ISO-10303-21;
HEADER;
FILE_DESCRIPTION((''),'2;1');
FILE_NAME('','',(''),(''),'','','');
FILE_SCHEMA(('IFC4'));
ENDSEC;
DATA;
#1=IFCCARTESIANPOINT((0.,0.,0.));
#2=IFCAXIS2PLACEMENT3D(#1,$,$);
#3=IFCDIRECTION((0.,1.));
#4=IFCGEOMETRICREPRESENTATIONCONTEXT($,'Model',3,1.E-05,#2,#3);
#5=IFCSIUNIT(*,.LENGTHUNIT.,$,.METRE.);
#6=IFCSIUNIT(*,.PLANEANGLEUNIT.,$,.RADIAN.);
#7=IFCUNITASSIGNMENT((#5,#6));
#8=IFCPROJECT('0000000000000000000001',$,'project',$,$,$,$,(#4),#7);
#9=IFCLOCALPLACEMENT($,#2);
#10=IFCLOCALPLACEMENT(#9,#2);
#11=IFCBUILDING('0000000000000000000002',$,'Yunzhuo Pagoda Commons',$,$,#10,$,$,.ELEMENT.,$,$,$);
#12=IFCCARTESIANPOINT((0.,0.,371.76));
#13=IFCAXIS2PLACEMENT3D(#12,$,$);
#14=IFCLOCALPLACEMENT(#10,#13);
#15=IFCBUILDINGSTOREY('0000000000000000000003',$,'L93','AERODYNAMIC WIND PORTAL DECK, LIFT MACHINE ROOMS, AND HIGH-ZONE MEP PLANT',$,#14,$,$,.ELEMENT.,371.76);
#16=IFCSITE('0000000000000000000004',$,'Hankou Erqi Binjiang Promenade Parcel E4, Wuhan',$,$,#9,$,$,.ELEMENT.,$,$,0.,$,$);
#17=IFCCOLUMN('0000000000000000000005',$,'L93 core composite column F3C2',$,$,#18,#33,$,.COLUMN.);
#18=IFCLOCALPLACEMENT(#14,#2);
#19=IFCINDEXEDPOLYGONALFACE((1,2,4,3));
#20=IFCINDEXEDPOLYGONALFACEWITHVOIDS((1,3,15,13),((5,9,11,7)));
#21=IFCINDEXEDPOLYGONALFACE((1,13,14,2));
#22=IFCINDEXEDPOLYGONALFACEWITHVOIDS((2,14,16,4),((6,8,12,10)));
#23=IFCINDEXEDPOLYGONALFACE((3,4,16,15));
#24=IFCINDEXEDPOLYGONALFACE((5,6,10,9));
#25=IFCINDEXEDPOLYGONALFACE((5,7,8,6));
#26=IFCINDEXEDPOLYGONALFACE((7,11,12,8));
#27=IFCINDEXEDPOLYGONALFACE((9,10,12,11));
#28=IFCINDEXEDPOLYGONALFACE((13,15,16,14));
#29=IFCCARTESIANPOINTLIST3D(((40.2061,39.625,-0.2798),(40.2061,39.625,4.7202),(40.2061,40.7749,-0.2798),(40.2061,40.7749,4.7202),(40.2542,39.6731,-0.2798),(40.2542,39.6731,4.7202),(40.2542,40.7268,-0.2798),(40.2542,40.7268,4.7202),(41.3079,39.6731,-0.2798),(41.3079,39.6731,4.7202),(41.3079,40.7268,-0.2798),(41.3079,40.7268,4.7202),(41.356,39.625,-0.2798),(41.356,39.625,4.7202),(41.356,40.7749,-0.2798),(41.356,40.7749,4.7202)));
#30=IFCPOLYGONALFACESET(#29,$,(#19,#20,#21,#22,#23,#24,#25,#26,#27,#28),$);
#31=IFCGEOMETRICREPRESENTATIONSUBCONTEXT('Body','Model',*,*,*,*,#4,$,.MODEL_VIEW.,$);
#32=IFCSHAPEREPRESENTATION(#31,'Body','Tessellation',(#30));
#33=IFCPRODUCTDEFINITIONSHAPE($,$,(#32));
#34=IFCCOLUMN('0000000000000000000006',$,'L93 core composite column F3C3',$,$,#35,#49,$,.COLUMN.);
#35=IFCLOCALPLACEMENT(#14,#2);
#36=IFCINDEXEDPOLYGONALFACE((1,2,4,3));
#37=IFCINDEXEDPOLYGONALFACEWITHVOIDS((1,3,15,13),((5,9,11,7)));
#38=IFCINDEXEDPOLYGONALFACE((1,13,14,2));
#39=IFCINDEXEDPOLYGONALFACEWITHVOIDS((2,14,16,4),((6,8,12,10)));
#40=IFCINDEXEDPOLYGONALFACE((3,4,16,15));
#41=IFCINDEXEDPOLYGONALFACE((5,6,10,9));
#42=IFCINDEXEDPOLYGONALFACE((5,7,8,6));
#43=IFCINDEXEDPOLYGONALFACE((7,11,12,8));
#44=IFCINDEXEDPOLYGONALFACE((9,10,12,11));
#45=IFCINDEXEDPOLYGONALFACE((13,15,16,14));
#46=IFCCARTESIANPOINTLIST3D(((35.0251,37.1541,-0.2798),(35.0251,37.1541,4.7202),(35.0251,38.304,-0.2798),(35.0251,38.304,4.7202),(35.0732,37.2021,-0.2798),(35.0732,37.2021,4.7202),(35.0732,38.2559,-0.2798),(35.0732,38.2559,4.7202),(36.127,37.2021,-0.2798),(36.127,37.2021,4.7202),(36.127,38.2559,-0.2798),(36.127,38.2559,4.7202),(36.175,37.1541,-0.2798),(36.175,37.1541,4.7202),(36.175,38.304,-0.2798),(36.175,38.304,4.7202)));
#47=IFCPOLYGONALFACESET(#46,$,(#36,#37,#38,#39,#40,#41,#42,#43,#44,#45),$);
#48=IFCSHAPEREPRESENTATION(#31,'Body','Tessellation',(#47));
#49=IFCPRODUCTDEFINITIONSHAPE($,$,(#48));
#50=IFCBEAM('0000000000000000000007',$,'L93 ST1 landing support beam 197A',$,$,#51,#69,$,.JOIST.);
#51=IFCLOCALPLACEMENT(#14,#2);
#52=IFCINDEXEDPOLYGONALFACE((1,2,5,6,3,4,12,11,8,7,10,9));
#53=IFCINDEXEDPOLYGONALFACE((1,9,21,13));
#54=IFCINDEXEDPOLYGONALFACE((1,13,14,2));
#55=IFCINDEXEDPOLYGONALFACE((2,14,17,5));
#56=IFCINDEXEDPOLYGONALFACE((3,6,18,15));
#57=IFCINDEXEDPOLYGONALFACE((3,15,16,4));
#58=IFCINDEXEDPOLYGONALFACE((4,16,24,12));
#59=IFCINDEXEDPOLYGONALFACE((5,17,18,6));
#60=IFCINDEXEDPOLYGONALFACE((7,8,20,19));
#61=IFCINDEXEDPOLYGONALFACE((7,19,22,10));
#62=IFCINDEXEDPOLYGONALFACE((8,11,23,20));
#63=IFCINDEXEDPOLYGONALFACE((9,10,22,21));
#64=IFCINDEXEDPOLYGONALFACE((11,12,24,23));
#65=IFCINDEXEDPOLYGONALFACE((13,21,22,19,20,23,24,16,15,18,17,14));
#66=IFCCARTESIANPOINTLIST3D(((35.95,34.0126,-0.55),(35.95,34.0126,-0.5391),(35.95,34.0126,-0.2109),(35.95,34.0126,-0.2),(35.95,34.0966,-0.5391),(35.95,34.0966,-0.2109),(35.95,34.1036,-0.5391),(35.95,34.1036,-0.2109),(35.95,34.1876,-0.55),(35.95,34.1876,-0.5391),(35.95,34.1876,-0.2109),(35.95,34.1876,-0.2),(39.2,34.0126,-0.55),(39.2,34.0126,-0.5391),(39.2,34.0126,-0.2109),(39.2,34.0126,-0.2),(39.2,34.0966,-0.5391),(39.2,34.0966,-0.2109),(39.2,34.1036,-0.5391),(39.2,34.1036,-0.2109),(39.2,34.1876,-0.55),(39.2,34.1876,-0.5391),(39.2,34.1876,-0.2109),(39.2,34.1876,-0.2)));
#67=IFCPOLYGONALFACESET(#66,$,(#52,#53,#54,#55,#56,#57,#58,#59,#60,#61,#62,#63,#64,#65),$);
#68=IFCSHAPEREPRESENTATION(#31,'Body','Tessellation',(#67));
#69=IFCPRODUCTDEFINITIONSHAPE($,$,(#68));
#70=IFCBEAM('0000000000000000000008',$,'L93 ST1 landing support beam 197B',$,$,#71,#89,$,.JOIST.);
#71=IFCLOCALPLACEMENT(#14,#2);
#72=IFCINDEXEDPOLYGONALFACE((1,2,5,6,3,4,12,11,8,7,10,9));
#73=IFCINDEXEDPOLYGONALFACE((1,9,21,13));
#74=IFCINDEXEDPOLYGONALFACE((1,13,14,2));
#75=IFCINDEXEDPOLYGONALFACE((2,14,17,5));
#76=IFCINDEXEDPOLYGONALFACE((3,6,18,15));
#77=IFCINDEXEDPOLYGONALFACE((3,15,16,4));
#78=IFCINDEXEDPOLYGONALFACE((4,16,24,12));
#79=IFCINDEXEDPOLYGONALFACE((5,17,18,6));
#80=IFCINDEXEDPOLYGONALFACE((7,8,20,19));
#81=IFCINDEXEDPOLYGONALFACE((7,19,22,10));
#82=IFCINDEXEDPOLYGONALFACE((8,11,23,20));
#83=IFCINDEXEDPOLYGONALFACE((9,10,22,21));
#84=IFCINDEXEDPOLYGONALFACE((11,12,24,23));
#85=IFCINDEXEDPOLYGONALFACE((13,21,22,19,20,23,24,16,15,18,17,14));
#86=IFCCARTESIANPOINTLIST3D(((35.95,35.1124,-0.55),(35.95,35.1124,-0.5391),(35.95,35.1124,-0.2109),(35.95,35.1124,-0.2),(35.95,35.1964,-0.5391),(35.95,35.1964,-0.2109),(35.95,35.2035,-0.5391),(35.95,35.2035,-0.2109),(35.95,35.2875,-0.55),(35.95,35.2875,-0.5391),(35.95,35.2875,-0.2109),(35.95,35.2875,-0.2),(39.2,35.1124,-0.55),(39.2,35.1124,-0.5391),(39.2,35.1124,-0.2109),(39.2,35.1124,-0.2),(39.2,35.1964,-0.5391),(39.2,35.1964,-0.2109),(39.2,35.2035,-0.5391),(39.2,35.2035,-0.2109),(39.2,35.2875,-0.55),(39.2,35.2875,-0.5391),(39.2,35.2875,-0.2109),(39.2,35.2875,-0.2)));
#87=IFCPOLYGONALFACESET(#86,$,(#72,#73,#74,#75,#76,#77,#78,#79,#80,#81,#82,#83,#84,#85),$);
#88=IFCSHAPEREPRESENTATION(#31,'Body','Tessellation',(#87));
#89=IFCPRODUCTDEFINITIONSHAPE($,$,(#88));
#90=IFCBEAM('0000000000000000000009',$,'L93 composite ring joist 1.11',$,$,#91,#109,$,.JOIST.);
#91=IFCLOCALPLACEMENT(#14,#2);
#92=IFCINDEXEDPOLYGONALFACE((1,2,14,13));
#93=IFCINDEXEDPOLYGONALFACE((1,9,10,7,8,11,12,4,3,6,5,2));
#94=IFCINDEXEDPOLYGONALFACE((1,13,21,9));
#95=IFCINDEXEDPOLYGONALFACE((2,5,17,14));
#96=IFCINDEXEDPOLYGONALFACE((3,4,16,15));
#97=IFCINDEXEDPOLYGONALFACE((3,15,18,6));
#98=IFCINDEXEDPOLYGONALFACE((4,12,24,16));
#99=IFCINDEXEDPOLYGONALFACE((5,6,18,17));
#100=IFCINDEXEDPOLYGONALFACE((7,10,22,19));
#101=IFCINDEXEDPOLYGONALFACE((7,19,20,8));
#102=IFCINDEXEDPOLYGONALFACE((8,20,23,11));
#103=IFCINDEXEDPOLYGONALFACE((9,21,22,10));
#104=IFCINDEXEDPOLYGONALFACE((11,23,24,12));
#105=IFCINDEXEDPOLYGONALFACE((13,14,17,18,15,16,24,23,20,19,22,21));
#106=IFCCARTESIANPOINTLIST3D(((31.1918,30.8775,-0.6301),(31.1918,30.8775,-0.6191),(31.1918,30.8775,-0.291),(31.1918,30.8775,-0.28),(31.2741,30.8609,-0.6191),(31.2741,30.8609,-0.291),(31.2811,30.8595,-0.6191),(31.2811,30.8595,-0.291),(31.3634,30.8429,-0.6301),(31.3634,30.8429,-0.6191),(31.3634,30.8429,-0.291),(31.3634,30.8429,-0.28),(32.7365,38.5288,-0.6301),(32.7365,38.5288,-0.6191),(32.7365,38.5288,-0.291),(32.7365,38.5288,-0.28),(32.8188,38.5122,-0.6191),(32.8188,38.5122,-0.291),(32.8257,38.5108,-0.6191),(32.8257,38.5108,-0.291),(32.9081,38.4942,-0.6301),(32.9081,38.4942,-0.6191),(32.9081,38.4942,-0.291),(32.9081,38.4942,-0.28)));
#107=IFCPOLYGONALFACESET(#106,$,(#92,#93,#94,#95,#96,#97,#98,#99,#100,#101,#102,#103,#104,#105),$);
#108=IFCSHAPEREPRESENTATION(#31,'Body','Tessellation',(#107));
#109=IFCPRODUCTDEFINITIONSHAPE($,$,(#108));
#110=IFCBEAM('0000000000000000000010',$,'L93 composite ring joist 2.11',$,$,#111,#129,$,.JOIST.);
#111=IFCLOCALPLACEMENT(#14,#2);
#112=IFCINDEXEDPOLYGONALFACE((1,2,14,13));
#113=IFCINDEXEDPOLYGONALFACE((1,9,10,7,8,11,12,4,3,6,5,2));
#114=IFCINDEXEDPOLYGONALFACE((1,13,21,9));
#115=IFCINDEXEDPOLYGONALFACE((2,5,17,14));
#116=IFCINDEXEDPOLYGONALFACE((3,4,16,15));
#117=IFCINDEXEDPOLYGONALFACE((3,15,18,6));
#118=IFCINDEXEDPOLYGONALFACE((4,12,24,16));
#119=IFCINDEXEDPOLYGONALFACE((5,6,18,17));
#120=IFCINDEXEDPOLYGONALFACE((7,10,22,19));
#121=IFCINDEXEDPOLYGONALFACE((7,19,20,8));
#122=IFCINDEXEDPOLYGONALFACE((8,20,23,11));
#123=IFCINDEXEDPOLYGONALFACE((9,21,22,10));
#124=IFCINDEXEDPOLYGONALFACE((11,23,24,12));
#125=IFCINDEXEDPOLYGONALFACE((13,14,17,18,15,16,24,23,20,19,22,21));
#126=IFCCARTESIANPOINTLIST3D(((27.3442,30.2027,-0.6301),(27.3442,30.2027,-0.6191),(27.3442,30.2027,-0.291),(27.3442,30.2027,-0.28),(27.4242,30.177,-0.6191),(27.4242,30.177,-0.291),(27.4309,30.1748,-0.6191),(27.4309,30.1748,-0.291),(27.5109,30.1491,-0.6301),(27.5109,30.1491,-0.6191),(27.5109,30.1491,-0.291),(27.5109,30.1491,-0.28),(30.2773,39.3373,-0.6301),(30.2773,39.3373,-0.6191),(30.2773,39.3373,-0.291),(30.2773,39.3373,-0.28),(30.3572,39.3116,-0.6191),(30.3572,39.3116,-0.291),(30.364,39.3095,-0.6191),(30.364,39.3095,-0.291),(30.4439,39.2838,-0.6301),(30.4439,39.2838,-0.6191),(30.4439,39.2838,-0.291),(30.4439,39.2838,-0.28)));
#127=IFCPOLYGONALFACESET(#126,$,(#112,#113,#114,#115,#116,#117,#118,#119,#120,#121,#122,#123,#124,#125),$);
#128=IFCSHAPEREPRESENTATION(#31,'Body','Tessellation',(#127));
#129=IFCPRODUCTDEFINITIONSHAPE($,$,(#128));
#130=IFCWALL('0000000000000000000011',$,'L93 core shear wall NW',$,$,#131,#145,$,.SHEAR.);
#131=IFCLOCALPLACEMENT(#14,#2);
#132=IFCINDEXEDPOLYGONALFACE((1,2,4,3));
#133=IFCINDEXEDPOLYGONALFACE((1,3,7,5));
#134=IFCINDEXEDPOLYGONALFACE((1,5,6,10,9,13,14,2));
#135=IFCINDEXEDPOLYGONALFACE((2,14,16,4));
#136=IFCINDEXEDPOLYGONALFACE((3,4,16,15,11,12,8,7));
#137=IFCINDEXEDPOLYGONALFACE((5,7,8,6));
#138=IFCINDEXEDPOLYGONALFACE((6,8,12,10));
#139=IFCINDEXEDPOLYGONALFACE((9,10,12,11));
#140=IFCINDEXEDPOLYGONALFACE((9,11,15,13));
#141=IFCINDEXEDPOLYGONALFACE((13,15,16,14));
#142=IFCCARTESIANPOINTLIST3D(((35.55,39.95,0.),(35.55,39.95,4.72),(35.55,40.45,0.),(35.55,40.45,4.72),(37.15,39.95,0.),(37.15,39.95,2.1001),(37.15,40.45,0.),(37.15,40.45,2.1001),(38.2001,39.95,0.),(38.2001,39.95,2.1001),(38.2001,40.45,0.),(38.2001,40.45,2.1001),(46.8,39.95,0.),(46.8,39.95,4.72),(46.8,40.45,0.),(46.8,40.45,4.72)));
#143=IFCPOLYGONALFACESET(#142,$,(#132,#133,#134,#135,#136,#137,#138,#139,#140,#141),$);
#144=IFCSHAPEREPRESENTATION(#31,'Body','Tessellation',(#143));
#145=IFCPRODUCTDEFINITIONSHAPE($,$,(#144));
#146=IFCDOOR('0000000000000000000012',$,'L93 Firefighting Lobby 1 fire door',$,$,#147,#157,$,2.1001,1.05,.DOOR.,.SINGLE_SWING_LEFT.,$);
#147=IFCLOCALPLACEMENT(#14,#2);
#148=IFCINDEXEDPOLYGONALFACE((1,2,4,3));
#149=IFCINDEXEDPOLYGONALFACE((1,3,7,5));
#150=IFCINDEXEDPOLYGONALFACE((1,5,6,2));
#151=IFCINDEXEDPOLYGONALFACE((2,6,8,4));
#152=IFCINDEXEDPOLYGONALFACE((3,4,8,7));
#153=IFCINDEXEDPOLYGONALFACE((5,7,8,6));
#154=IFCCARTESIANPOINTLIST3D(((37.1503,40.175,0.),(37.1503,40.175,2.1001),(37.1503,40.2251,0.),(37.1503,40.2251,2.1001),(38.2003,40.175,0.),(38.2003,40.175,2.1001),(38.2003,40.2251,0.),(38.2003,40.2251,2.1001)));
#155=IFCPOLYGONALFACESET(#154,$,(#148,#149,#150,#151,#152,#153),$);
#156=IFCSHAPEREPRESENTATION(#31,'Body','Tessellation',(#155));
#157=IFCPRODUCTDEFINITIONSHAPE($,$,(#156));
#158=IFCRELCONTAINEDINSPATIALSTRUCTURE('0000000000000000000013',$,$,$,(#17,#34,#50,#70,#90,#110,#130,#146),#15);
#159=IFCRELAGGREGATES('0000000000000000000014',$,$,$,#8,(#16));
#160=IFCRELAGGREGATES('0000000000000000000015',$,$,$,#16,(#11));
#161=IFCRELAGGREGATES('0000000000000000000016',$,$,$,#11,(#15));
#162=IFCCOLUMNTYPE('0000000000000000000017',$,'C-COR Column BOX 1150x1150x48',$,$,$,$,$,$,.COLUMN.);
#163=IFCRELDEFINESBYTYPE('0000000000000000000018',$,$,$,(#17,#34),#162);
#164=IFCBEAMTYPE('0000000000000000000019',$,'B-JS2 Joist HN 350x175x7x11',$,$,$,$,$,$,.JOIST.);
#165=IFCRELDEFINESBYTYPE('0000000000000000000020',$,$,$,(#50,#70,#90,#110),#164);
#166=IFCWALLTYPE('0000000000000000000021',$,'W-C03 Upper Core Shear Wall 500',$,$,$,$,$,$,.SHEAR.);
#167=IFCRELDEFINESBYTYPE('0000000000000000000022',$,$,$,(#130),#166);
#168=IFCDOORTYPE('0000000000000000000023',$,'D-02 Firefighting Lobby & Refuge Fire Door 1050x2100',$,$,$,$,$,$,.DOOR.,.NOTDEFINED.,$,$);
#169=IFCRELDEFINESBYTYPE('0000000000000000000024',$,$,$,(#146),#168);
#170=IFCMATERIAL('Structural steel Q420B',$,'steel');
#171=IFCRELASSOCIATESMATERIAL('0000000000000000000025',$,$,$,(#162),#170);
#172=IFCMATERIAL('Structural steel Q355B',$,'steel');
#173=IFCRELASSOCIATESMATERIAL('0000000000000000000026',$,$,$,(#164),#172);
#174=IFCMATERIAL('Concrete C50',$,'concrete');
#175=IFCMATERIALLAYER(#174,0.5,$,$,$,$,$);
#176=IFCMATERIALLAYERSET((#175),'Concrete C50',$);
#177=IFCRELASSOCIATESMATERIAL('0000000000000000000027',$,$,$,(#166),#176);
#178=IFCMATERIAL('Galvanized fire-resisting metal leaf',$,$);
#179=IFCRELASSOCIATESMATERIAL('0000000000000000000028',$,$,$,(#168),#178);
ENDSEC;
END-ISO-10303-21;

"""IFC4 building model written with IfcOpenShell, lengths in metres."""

from ifc_helpers import new_model, si_unit, direction, frame, frame_2d, origin, origin_2d, place, context, subcontext, project, spatial, rectangle, hollow_rectangle, i_section, extrude, source, transform, mapped, material, layer, layer_set, material_profile, profile_set, type_object, element, fill, save


model = new_model("IFC4")

# Units and contexts
model_context = context("Model", 3, precision=1e-05, world=origin(), true_north=direction((0.0, 1.0)))
body_context = subcontext(model_context, "Body", "Model", "MODEL_VIEW")
ifc_project = project(units=[si_unit("LENGTHUNIT", "METRE"), si_unit("PLANEANGLEUNIT", "RADIAN")], contexts=[model_context])

# Site, building, storey
site_placement = place(None, origin())
site = spatial("IfcSite", under=ifc_project, at=site_placement, Name="Hankou Erqi Binjiang Promenade Parcel E4, Wuhan", CompositionType="ELEMENT", RefElevation=0.0)
building_placement = place(site_placement, origin())
building = spatial("IfcBuilding", under=site, at=building_placement, Name="Yunzhuo Pagoda Commons", CompositionType="ELEMENT")
storey_placement = place(building_placement, frame((0.0, 0.0, 371.76)))
storey = spatial("IfcBuildingStorey", under=building, at=storey_placement, Name="L93", Description="AERODYNAMIC WIND PORTAL DECK, LIFT MACHINE ROOMS, AND HIGH-ZONE MEP PLANT", CompositionType="ELEMENT", Elevation=371.76)

# Columns
ifc_material_1 = material(Name="Structural steel Q420B", Category="steel")
ifc_material_profile_1 = material_profile(ifc_material_1, hollow_rectangle(XDim=1.1499, YDim=1.1499, WallThickness=0.0481, at=origin_2d()), Name="Structural steel Q420B")
ifc_profile_set_1 = profile_set([ifc_material_profile_1], Name="Structural steel Q420B")
column_type = type_object("IfcColumnType", Name="C-COR Column BOX 1150x1150x48", PredefinedType="COLUMN", material=ifc_profile_set_1)
shared_shape_1 = source(origin(), body_context, "Body", "SweptSolid", [
    extrude(hollow_rectangle(XDim=1.1499, YDim=1.1499, WallThickness=0.0481, at=origin_2d()), origin(), (0.0, 0.0, 1.0), 5.0),
])
for number, where, z_axis, x_axis, name in (
    (1, (40.781, 40.2, -0.2798), (0.0, 0.0, 1.0), (1.0, 0.0, 0.0), "L93 core composite column F3C2"),
    (2, (35.6001, 37.729, -0.2798), (0.0, 0.0, 1.0), (1.0, 0.0, 0.0), "L93 core composite column F3C3"),
):
    element("IfcColumn", number, at=place(storey_placement, frame(where, z_axis=z_axis, x_axis=x_axis)), inside=storey, type_object=column_type, Name=name, PredefinedType="COLUMN", context=body_context, shape_type="MappedRepresentation", body=[
        mapped(shared_shape_1, transform((0.0, 0.0, 0.0), scale=1.0)),
    ])

# Beams
ifc_material_2 = material(Name="Structural steel Q355B", Category="steel")
ifc_material_profile_2 = material_profile(ifc_material_2, i_section(OverallWidth=0.175, OverallDepth=0.3501, WebThickness=0.0071, FlangeThickness=0.011, at=origin_2d()), Name="Structural steel Q355B")
ifc_profile_set_2 = profile_set([ifc_material_profile_2], Name="Structural steel Q355B")
beam_type = type_object("IfcBeamType", Name="B-JS2 Joist HN 350x175x7x11", PredefinedType="JOIST", material=ifc_profile_set_2)
shared_shape_2 = source(origin(), body_context, "Body", "SweptSolid", [
    extrude(i_section(OverallWidth=0.175, OverallDepth=0.3501, WebThickness=0.0071, FlangeThickness=0.011, at=origin_2d()), origin(), (0.0, 0.0, 1.0), 3.25),
])
for number, where, z_axis, x_axis, name in (
    (3, (35.95, 34.1001, -0.375), (1.0, 0.0, 0.0), (0.0, 1.0, 0.0), "L93 ST1 landing support beam 197A"),
    (4, (35.95, 35.2, -0.375), (1.0, 0.0, 0.0), (0.0, 1.0, 0.0), "L93 ST1 landing support beam 197B"),
):
    element("IfcBeam", number, at=place(storey_placement, frame(where, z_axis=z_axis, x_axis=x_axis)), inside=storey, type_object=beam_type, Name=name, PredefinedType="JOIST", context=body_context, shape_type="MappedRepresentation", body=[
        mapped(shared_shape_2, transform((0.0, 0.0, 0.0), scale=1.0)),
    ])
shared_shape_3 = source(origin(), body_context, "Body", "SweptSolid", [
    extrude(i_section(OverallWidth=0.175, OverallDepth=0.3501, WebThickness=0.0071, FlangeThickness=0.011, at=origin_2d()), origin(), (0.0, 0.0, 1.0), 7.8057),
])
beam_1_placement = place(storey_placement, frame((32.8223, 38.5115, -0.4551), z_axis=(-0.19789, -0.980224, 0.0), x_axis=(0.980224, -0.19789, 0.0)))
element("IfcBeam", 5, at=beam_1_placement, inside=storey, type_object=beam_type, Name="L93 composite ring joist 1.11", PredefinedType="JOIST", context=body_context, shape_type="MappedRepresentation", body=[
    mapped(shared_shape_3, transform((0.0, 0.0, 0.0), scale=1.0)),
])
shared_shape_4 = source(origin(), body_context, "Body", "SweptSolid", [
    extrude(i_section(OverallWidth=0.175, OverallDepth=0.3501, WebThickness=0.0071, FlangeThickness=0.011, at=origin_2d()), origin(), (0.0, 0.0, 1.0), 9.594),
])
beam_2_placement = place(storey_placement, frame((30.3606, 39.3105, -0.4551), z_axis=(-0.305719, -0.952122, 0.0), x_axis=(0.952122, -0.305719, 0.0)))
element("IfcBeam", 6, at=beam_2_placement, inside=storey, type_object=beam_type, Name="L93 composite ring joist 2.11", PredefinedType="JOIST", context=body_context, shape_type="MappedRepresentation", body=[
    mapped(shared_shape_4, transform((0.0, 0.0, 0.0), scale=1.0)),
])

# Wall, opening, door
ifc_material_3 = material(Name="Concrete C50", Category="concrete")
ifc_layer_1 = layer(ifc_material_3, 0.5)
ifc_layer_set_1 = layer_set([ifc_layer_1], Name="Concrete C50")
wall_type_1 = type_object("IfcWallType", Name="W-C03 Upper Core Shear Wall 500", PredefinedType="SHEAR", material=ifc_layer_set_1)
wall_1_placement = place(storey_placement, frame((35.55, 40.2, 0.0), z_axis=(0.0, 0.0, 1.0), x_axis=(1.0, 0.0, 0.0)))
wall_1 = element("IfcWall", 7, at=wall_1_placement, inside=storey, type_object=wall_type_1, Name="L93 core shear wall NW", PredefinedType="SHEAR", context=body_context, shape_type="SweptSolid", body=[
    extrude(rectangle(XDim=11.25, YDim=0.5, at=frame_2d((5.625, 0.0))), origin(), (0.0, 0.0, 1.0), 4.72),
])
opening_1_placement = place(wall_1_placement, frame((1.6001, 0.0, 0.0)))
opening_1 = element("IfcOpeningElement", 8, at=opening_1_placement, cuts=wall_1, PredefinedType="OPENING", context=body_context, shape_type="SweptSolid", body=[
    extrude(rectangle(XDim=1.05, YDim=2.1001, at=frame_2d((0.5249, 1.05))), frame((0.0, 0.26, 0.0), z_axis=(0.0, -1.0, 0.0), x_axis=(1.0, 0.0, 0.0)), (0.0, 0.0, 1.0), 0.52),
])
ifc_material_4 = material(Name="Galvanized fire-resisting metal leaf")
door_type_1 = type_object("IfcDoorType", Name="D-02 Firefighting Lobby & Refuge Fire Door 1050x2100", OperationType="NOTDEFINED", PredefinedType="DOOR", material=ifc_material_4)
shared_shape_5 = source(origin(), body_context, "Body", "SweptSolid", [
    extrude(rectangle(XDim=1.05, YDim=2.1001, at=frame_2d((0.5249, 1.05))), frame((0.0, 0.0249, 0.0), z_axis=(0.0, -1.0, 0.0), x_axis=(1.0, 0.0, 0.0)), (0.0, 0.0, 1.0), 0.05),
])
door_1_placement = place(opening_1_placement, frame((1.05, 0.0, 0.0), z_axis=(0.0, 0.0, 1.0), x_axis=(-1.0, 0.0, 0.0)))
door_1 = element("IfcDoor", 9, at=door_1_placement, inside=storey, type_object=door_type_1, Name="L93 Firefighting Lobby 1 fire door", OperationType="SINGLE_SWING_LEFT", OverallHeight=2.1001, OverallWidth=1.05, PredefinedType="DOOR", context=body_context, shape_type="MappedRepresentation", body=[
    mapped(shared_shape_5, transform((0.0, 0.0, 0.0), scale=1.0)),
])
fill(opening_1, door_1)

save(model, "model.ifc")
